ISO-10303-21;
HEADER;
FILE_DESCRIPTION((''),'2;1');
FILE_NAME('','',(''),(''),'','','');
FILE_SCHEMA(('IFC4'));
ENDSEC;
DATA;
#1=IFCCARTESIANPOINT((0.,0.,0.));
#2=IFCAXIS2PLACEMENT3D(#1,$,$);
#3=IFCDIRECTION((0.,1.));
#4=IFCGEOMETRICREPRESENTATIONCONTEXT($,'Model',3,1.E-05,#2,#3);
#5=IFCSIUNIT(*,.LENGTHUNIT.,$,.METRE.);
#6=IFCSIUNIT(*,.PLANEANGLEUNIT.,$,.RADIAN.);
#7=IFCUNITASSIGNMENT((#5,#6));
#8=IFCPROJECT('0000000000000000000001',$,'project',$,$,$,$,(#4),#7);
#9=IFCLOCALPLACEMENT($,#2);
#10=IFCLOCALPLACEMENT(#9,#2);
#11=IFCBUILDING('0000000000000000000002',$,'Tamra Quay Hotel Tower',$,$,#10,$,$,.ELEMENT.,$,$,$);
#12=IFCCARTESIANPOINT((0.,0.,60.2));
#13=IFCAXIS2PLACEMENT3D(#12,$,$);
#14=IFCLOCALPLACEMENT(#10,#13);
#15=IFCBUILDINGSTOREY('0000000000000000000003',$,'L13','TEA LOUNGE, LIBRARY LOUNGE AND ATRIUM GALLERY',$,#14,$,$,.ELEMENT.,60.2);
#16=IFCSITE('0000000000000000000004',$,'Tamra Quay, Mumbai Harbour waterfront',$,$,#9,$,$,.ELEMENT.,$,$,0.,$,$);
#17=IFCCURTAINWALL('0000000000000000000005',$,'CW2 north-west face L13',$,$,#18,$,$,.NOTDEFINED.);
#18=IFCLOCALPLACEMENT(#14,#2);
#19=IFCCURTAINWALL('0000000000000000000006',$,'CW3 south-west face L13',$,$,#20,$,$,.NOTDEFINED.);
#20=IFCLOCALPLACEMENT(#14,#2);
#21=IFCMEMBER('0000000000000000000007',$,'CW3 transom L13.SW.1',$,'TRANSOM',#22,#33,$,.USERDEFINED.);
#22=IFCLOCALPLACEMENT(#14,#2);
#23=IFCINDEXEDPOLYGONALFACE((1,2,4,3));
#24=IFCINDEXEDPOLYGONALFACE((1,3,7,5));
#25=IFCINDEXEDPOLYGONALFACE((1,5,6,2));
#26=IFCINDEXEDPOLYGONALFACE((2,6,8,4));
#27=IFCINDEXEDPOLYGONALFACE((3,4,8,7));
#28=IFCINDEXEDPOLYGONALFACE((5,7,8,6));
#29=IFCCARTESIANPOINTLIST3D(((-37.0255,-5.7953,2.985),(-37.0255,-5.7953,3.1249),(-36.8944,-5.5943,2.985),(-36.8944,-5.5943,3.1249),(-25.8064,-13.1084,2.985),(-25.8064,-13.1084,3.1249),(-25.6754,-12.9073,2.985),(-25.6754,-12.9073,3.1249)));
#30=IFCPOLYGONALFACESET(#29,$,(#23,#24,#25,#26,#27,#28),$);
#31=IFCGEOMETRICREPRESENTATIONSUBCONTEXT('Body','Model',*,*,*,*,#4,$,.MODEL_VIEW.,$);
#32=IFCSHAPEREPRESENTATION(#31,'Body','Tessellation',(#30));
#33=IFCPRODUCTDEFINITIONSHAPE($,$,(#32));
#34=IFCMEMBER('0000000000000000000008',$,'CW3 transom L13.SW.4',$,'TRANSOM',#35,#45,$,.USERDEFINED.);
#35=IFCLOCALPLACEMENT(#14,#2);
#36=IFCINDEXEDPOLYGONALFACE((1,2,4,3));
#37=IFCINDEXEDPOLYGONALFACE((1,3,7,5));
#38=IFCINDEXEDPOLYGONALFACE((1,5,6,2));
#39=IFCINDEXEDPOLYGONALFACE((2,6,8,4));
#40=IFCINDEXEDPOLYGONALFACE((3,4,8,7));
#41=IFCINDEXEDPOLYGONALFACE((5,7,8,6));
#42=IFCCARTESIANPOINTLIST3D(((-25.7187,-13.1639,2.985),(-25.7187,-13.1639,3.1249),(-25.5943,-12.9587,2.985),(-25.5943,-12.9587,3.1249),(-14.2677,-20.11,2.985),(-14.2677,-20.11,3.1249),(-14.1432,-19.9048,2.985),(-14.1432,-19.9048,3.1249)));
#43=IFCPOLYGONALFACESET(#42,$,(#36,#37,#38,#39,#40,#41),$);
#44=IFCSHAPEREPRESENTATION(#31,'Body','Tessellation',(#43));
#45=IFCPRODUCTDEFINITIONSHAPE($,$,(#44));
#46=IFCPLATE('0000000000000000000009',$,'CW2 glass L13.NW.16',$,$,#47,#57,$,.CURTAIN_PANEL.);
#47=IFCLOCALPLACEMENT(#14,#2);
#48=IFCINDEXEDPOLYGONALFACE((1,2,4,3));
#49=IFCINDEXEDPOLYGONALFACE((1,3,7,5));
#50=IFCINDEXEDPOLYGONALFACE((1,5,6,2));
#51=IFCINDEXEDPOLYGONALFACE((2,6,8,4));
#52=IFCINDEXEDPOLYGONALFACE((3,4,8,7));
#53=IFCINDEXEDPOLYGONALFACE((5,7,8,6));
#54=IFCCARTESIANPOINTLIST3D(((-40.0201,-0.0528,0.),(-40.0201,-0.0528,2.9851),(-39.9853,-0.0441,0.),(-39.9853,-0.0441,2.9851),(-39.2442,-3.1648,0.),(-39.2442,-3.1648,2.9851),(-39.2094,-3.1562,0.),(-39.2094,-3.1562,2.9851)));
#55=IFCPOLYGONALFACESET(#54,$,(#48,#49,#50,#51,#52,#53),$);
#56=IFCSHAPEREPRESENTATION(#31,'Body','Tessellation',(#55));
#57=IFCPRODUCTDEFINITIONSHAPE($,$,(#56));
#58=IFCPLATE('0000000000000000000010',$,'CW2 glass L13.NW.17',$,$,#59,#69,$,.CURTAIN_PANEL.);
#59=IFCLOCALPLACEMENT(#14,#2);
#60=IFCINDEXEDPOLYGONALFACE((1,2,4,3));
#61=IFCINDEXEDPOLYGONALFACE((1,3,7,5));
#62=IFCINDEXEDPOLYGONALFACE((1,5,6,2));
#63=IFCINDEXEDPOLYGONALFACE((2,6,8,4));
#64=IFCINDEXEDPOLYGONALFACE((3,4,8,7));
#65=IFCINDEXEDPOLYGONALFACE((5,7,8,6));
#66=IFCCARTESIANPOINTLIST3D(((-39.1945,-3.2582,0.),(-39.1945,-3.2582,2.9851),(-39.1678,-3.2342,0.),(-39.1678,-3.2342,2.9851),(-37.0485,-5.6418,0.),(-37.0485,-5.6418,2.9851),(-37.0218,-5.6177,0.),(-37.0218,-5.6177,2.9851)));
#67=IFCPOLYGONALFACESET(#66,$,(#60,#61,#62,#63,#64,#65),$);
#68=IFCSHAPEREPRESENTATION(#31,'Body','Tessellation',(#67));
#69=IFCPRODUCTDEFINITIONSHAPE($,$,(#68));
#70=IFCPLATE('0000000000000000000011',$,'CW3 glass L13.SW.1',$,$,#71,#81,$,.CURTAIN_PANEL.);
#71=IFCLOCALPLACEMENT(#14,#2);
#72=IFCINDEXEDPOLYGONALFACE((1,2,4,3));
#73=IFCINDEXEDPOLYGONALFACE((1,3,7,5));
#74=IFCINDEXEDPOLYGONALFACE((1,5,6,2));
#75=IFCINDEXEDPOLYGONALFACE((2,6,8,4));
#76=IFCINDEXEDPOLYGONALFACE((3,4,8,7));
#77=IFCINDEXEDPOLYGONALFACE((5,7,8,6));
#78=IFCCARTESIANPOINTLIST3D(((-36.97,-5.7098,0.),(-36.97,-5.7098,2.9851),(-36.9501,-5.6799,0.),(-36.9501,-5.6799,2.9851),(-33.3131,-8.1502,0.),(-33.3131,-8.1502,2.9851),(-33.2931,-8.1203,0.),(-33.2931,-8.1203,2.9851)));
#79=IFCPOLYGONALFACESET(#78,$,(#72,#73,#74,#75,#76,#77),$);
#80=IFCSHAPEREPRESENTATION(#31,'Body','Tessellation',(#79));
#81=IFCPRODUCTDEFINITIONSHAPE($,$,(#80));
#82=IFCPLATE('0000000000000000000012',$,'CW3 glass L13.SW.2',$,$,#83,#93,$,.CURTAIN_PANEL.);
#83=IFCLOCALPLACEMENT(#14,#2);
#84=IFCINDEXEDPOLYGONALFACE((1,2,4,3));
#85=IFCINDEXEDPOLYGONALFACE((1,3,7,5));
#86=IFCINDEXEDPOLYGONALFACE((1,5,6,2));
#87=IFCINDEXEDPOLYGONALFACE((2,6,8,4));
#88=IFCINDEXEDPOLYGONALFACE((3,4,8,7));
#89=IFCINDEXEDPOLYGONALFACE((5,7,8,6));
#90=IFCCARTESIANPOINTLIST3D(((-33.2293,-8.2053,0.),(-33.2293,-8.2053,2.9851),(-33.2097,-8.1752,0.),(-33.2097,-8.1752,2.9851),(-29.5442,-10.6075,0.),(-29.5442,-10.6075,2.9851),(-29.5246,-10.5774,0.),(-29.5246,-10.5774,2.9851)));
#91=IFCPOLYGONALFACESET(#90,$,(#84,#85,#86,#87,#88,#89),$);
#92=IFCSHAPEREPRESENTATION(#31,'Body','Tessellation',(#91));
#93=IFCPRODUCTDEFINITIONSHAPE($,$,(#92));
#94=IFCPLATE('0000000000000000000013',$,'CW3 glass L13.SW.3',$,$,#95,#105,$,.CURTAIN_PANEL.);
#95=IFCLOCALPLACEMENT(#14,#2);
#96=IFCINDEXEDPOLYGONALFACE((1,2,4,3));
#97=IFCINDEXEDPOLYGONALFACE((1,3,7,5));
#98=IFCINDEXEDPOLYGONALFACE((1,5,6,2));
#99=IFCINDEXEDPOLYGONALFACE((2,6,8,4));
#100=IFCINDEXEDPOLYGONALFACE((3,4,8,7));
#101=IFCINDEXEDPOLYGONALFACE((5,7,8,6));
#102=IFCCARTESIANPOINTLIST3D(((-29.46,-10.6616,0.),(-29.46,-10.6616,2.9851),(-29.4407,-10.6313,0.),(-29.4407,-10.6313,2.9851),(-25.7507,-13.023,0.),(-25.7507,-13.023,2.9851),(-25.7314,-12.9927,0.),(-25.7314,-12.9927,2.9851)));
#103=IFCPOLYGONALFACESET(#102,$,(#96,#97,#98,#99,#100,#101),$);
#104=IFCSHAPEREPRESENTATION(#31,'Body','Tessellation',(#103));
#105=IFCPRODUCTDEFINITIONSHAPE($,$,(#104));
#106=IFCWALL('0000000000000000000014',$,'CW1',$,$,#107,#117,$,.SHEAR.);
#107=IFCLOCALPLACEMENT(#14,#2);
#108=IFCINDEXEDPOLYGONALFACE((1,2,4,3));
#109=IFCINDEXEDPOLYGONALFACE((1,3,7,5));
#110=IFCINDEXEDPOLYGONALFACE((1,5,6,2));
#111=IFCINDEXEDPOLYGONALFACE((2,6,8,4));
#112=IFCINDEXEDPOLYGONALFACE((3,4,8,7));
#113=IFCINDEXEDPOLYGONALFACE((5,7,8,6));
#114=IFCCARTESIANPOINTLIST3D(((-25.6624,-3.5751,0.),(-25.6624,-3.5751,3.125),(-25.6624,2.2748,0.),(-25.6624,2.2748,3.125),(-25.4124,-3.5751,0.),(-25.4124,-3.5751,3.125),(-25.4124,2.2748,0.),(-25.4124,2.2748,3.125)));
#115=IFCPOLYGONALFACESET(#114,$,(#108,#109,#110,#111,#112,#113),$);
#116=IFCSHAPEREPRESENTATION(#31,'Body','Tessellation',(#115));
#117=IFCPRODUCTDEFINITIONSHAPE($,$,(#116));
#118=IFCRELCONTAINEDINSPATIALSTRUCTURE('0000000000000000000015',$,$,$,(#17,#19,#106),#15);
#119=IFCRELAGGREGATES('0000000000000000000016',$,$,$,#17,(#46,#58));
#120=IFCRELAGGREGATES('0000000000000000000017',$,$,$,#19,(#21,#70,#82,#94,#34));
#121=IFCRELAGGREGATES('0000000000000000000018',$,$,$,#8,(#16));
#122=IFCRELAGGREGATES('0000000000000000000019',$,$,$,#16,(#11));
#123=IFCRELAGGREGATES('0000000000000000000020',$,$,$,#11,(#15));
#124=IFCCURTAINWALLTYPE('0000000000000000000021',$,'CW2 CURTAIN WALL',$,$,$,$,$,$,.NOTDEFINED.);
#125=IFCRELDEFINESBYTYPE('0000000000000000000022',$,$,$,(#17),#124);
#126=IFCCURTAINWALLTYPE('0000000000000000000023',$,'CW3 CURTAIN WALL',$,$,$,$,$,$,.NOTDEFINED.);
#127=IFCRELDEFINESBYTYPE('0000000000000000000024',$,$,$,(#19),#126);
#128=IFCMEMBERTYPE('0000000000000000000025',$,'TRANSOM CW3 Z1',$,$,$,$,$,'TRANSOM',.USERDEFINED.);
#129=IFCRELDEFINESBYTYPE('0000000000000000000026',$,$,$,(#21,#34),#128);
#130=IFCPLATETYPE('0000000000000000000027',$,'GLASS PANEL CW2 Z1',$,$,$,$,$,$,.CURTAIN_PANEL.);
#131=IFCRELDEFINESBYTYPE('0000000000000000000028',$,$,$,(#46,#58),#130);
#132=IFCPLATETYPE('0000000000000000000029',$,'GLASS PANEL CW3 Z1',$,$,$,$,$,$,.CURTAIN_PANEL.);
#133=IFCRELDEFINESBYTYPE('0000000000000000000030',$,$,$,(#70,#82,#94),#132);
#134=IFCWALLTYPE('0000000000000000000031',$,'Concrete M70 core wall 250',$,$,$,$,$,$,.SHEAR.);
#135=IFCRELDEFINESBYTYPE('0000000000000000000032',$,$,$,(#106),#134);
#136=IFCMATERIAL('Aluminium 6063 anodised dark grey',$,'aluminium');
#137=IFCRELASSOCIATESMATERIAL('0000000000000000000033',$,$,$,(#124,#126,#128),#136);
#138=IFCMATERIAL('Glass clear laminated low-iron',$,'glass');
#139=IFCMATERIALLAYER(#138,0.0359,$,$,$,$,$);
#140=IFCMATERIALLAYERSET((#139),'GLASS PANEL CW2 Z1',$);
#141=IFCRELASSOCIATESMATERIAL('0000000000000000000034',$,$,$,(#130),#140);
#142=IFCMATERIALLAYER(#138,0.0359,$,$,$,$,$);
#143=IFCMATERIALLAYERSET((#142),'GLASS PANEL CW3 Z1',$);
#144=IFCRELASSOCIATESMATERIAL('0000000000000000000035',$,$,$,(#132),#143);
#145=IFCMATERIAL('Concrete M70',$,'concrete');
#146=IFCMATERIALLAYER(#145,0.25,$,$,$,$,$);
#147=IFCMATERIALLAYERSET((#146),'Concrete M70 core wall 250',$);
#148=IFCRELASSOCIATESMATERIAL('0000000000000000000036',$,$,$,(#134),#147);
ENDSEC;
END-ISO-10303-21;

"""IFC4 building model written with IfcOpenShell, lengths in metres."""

from ifc_helpers import new_model, si_unit, direction, frame, frame_2d, origin, origin_2d, place, context, subcontext, project, spatial, rectangle, extrude, material, layer, layer_set, material_profile, profile_set, type_object, element, aggregate, save


model = new_model("IFC4")

# Units and contexts
model_context = context("Model", 3, precision=1e-05, world=origin(), true_north=direction((0.0, 1.0)))
body_context = subcontext(model_context, "Body", "Model", "MODEL_VIEW")
ifc_project = project(units=[si_unit("LENGTHUNIT", "METRE"), si_unit("PLANEANGLEUNIT", "RADIAN")], contexts=[model_context])

# Site, building, storey
site_placement = place(None, origin())
site = spatial("IfcSite", under=ifc_project, at=site_placement, Name="Tamra Quay, Mumbai Harbour waterfront", CompositionType="ELEMENT", RefElevation=0.0)
building_placement = place(site_placement, origin())
building = spatial("IfcBuilding", under=site, at=building_placement, Name="Tamra Quay Hotel Tower", CompositionType="ELEMENT")
storey_placement = place(building_placement, frame((0.0, 0.0, 60.2)))
storey = spatial("IfcBuildingStorey", under=building, at=storey_placement, Name="L13", Description="TEA LOUNGE, LIBRARY LOUNGE AND ATRIUM GALLERY", CompositionType="ELEMENT", Elevation=60.2)

# Shared definitions
ifc_material_1 = material(Name="Concrete M70", Category="concrete")

# Curtain wall
ifc_material_2 = material(Name="Aluminium 6063 anodised dark grey", Category="aluminium")
curtain_wall_type_1 = type_object("IfcCurtainWallType", Name="CW2 CURTAIN WALL", PredefinedType="NOTDEFINED", material=ifc_material_2)
curtain_wall_1_placement = place(storey_placement, origin())
curtain_wall_1 = element("IfcCurtainWall", 1, at=curtain_wall_1_placement, inside=storey, type_object=curtain_wall_type_1, Name="CW2 north-west face L13", PredefinedType="NOTDEFINED")

# Curtain wall
curtain_wall_type_2 = type_object("IfcCurtainWallType", Name="CW3 CURTAIN WALL", PredefinedType="NOTDEFINED", material=ifc_material_2)
curtain_wall_2_placement = place(storey_placement, origin())
curtain_wall_2 = element("IfcCurtainWall", 2, at=curtain_wall_2_placement, inside=storey, type_object=curtain_wall_type_2, Name="CW3 south-west face L13", PredefinedType="NOTDEFINED")

# Members
ifc_material_profile_1 = material_profile(ifc_material_2, rectangle(XDim=0.24, YDim=0.1399, at=origin_2d()), Name="TRANSOM 240X140")
ifc_profile_set_1 = profile_set([ifc_material_profile_1], Name="Aluminium 6063 anodised dark grey")
member_type_1 = type_object("IfcMemberType", Name="TRANSOM CW3 Z1", ElementType="TRANSOM", PredefinedType="USERDEFINED", material=ifc_profile_set_1)
member_1_placement = place(storey_placement, frame((-36.96, -5.6948, 3.0549), z_axis=(0.837739, -0.546071, 0.0), x_axis=(0.546071, 0.837739, 0.0)))
member_1 = element("IfcMember", 3, at=member_1_placement, type_object=member_type_1, Name="CW3 transom L13.SW.1", ObjectType="TRANSOM", PredefinedType="USERDEFINED", context=body_context, shape_type="SweptSolid", body=[
    extrude(rectangle(XDim=0.24, YDim=0.1399, at=origin_2d()), origin(), (0.0, 0.0, 1.0), 13.3921),
])
member_2_placement = place(storey_placement, frame((-25.6565, -13.0613, 3.0549), z_axis=(0.854996, -0.518634, 0.0), x_axis=(0.518634, 0.854996, 0.0)))
member_2 = element("IfcMember", 4, at=member_2_placement, type_object=member_type_1, Name="CW3 transom L13.SW.4", ObjectType="TRANSOM", PredefinedType="USERDEFINED", context=body_context, shape_type="SweptSolid", body=[
    extrude(rectangle(XDim=0.24, YDim=0.1399, at=origin_2d()), origin(), (0.0, 0.0, 1.0), 13.3931),
])

# Plates
ifc_material_3 = material(Name="Glass clear laminated low-iron", Category="glass")
ifc_layer_1 = layer(ifc_material_3, 0.0359)
ifc_layer_set_1 = layer_set([ifc_layer_1], Name="GLASS PANEL CW2 Z1")
plate_type_1 = type_object("IfcPlateType", Name="GLASS PANEL CW2 Z1", PredefinedType="CURTAIN_PANEL", material=ifc_layer_set_1)
plate_1_placement = place(storey_placement, frame((-39.6147, -1.6045, 0.0), z_axis=(0.0, 0.0, 1.0), x_axis=(0.241914, -0.970298, 0.0)))
plate_1 = element("IfcPlate", 5, at=plate_1_placement, type_object=plate_type_1, Name="CW2 glass L13.NW.16", PredefinedType="CURTAIN_PANEL", context=body_context, shape_type="SweptSolid", body=[
    extrude(rectangle(XDim=3.2073, YDim=0.0359, at=origin_2d()), origin(), (0.0, 0.0, 1.0), 2.9851),
])
plate_2_placement = place(storey_placement, frame((-38.1082, -4.438, 0.0), z_axis=(0.0, 0.0, 1.0), x_axis=(0.669112, -0.743161, 0.0)))
plate_2 = element("IfcPlate", 6, at=plate_2_placement, type_object=plate_type_1, Name="CW2 glass L13.NW.17", PredefinedType="CURTAIN_PANEL", context=body_context, shape_type="SweptSolid", body=[
    extrude(rectangle(XDim=3.2073, YDim=0.0359, at=origin_2d()), origin(), (0.0, 0.0, 1.0), 2.9851),
])
aggregate(curtain_wall_1, [plate_1, plate_2])
ifc_layer_2 = layer(ifc_material_3, 0.0359)
ifc_layer_set_2 = layer_set([ifc_layer_2], Name="GLASS PANEL CW3 Z1")
plate_type_2 = type_object("IfcPlateType", Name="GLASS PANEL CW3 Z1", PredefinedType="CURTAIN_PANEL", material=ifc_layer_set_2)
plate_3_placement = place(storey_placement, frame((-35.1316, -6.915, 0.0), z_axis=(0.0, 0.0, 1.0), x_axis=(0.831798, -0.555078, 0.0)))
plate_3 = element("IfcPlate", 7, at=plate_3_placement, type_object=plate_type_2, Name="CW3 glass L13.SW.1", PredefinedType="CURTAIN_PANEL", context=body_context, shape_type="SweptSolid", body=[
    extrude(rectangle(XDim=4.3965, YDim=0.0359, at=origin_2d()), origin(), (0.0, 0.0, 1.0), 2.9851),
])
plate_4_placement = place(storey_placement, frame((-31.377, -9.3914, 0.0), z_axis=(0.0, 0.0, 1.0), x_axis=(0.837728, -0.546088, 0.0)))
plate_4 = element("IfcPlate", 8, at=plate_4_placement, type_object=plate_type_2, Name="CW3 glass L13.SW.2", PredefinedType="CURTAIN_PANEL", context=body_context, shape_type="SweptSolid", body=[
    extrude(rectangle(XDim=4.3989, YDim=0.0359, at=origin_2d()), origin(), (0.0, 0.0, 1.0), 2.9851),
])
plate_5_placement = place(storey_placement, frame((-27.5957, -11.8271, 0.0), z_axis=(0.0, 0.0, 1.0), x_axis=(0.843571, -0.537018, 0.0)))
plate_5 = element("IfcPlate", 9, at=plate_5_placement, type_object=plate_type_2, Name="CW3 glass L13.SW.3", PredefinedType="CURTAIN_PANEL", context=body_context, shape_type="SweptSolid", body=[
    extrude(rectangle(XDim=4.3972, YDim=0.0359, at=origin_2d()), origin(), (0.0, 0.0, 1.0), 2.9851),
])
aggregate(curtain_wall_2, [member_1, plate_3, plate_4, plate_5, member_2])

# Wall
ifc_layer_3 = layer(ifc_material_1, 0.25)
ifc_layer_set_3 = layer_set([ifc_layer_3], Name="Concrete M70 core wall 250")
wall_type = type_object("IfcWallType", Name="Concrete M70 core wall 250", PredefinedType="SHEAR", material=ifc_layer_set_3)
wall_placement = place(storey_placement, frame((-25.5374, -3.575, 0.0), z_axis=(0.0, 0.0, 1.0), x_axis=(0.0, 1.0, 0.0)))
element("IfcWall", 10, at=wall_placement, inside=storey, type_object=wall_type, Name="CW1", PredefinedType="SHEAR", context=body_context, shape_type="SweptSolid", body=[
    extrude(rectangle(XDim=5.8499, YDim=0.25, at=frame_2d((2.9248, 0.0))), origin(), (0.0, 0.0, 1.0), 3.125),
])

save(model, "model.ifc")
